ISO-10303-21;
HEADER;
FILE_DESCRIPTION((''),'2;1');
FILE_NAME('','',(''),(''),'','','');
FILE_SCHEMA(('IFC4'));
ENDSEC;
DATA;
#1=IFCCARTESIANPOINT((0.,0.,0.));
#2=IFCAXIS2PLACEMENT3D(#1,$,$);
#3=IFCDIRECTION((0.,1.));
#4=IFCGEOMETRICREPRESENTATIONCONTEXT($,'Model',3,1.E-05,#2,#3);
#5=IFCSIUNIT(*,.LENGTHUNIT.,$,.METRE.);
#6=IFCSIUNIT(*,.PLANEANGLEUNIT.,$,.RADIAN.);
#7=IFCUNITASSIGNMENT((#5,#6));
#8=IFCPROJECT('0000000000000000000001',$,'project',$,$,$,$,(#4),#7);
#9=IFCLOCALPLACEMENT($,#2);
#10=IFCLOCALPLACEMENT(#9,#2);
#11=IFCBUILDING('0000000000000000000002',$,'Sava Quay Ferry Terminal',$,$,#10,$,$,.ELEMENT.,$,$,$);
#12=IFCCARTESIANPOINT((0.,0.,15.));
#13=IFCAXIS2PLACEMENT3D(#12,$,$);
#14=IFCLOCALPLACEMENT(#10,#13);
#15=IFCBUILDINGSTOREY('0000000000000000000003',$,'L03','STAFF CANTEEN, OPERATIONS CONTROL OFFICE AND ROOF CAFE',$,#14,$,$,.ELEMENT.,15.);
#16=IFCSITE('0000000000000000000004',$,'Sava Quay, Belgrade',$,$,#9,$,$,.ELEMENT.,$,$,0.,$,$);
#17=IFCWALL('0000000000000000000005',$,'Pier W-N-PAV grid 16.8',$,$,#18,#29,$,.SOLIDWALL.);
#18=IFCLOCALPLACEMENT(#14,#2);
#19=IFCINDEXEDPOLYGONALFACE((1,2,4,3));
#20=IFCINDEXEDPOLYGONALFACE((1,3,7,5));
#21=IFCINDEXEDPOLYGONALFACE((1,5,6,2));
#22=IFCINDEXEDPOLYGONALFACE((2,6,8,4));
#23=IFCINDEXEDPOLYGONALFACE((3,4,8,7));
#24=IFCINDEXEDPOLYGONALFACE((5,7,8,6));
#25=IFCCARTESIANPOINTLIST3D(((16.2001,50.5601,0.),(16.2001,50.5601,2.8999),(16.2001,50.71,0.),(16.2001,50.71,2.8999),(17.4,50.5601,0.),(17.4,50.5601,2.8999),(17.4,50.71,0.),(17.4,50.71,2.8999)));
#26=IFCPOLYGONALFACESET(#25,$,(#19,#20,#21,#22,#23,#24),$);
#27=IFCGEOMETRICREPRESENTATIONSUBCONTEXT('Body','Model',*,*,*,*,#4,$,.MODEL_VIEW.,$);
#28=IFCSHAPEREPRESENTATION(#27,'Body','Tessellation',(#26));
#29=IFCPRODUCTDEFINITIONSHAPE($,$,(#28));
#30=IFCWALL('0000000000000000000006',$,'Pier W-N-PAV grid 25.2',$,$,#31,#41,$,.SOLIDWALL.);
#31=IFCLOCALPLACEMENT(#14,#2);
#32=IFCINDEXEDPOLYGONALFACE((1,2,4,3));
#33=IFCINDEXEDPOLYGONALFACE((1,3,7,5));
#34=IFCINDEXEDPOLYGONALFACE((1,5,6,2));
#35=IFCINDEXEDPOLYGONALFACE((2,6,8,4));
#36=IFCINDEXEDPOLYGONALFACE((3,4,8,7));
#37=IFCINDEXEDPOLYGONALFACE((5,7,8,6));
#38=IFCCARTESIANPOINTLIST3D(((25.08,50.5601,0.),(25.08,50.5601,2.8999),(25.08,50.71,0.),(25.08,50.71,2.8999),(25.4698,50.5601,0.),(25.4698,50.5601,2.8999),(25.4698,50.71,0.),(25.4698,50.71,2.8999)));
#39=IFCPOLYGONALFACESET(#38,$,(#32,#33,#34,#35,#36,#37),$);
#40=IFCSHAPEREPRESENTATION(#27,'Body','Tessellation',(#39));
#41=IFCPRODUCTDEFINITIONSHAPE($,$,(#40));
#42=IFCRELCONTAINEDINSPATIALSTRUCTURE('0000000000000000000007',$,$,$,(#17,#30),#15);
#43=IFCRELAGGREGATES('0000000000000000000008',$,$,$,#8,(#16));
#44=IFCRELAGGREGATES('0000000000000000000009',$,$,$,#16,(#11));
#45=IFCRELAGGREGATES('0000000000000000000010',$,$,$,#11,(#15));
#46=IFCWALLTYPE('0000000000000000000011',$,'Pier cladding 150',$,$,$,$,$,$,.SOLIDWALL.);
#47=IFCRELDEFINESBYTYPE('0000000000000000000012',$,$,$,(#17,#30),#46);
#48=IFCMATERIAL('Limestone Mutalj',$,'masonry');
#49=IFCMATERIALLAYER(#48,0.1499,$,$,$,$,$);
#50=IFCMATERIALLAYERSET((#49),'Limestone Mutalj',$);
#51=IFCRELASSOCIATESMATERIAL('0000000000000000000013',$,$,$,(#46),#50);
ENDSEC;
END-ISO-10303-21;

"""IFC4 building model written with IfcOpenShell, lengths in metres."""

from ifc_helpers import new_model, si_unit, direction, frame, frame_2d, origin, place, context, subcontext, project, spatial, rectangle, extrude, material, layer, layer_set, type_object, element, save


model = new_model("IFC4")

# Units and contexts
model_context = context("Model", 3, precision=1e-05, world=origin(), true_north=direction((0.0, 1.0)))
body_context = subcontext(model_context, "Body", "Model", "MODEL_VIEW")
ifc_project = project(units=[si_unit("LENGTHUNIT", "METRE"), si_unit("PLANEANGLEUNIT", "RADIAN")], contexts=[model_context])

# Site, building, storey
site_placement = place(None, origin())
site = spatial("IfcSite", under=ifc_project, at=site_placement, Name="Sava Quay, Belgrade", CompositionType="ELEMENT", RefElevation=0.0)
building_placement = place(site_placement, origin())
building = spatial("IfcBuilding", under=site, at=building_placement, Name="Sava Quay Ferry Terminal", CompositionType="ELEMENT")
storey_placement = place(building_placement, frame((0.0, 0.0, 15.0)))
storey = spatial("IfcBuildingStorey", under=building, at=storey_placement, Name="L03", Description="STAFF CANTEEN, OPERATIONS CONTROL OFFICE AND ROOF CAFE", CompositionType="ELEMENT", Elevation=15.0)

# Walls
ifc_material_1 = material(Name="Limestone Mutalj", Category="masonry")
ifc_layer_1 = layer(ifc_material_1, 0.1499)
ifc_layer_set_1 = layer_set([ifc_layer_1], Name="Limestone Mutalj")
wall_type = type_object("IfcWallType", Name="Pier cladding 150", PredefinedType="SOLIDWALL", material=ifc_layer_set_1)
wall_1_placement = place(storey_placement, frame((16.2, 50.635, 0.0), z_axis=(0.0, 0.0, 1.0), x_axis=(1.0, 0.0, 0.0)))
element("IfcWall", 1, at=wall_1_placement, inside=storey, type_object=wall_type, Name="Pier W-N-PAV grid 16.8", PredefinedType="SOLIDWALL", context=body_context, shape_type="SweptSolid", body=[
    extrude(rectangle(XDim=1.2, YDim=0.1499, at=frame_2d((0.6001, 0.0))), origin(), (0.0, 0.0, 1.0), 2.8999),
])
wall_2_placement = place(storey_placement, frame((25.0801, 50.635, 0.0), z_axis=(0.0, 0.0, 1.0), x_axis=(1.0, 0.0, 0.0)))
element("IfcWall", 2, at=wall_2_placement, inside=storey, type_object=wall_type, Name="Pier W-N-PAV grid 25.2", PredefinedType="SOLIDWALL", context=body_context, shape_type="SweptSolid", body=[
    extrude(rectangle(XDim=0.3899, YDim=0.1499, at=frame_2d((0.1948, 0.0))), origin(), (0.0, 0.0, 1.0), 2.8999),
])

save(model, "model.ifc")
